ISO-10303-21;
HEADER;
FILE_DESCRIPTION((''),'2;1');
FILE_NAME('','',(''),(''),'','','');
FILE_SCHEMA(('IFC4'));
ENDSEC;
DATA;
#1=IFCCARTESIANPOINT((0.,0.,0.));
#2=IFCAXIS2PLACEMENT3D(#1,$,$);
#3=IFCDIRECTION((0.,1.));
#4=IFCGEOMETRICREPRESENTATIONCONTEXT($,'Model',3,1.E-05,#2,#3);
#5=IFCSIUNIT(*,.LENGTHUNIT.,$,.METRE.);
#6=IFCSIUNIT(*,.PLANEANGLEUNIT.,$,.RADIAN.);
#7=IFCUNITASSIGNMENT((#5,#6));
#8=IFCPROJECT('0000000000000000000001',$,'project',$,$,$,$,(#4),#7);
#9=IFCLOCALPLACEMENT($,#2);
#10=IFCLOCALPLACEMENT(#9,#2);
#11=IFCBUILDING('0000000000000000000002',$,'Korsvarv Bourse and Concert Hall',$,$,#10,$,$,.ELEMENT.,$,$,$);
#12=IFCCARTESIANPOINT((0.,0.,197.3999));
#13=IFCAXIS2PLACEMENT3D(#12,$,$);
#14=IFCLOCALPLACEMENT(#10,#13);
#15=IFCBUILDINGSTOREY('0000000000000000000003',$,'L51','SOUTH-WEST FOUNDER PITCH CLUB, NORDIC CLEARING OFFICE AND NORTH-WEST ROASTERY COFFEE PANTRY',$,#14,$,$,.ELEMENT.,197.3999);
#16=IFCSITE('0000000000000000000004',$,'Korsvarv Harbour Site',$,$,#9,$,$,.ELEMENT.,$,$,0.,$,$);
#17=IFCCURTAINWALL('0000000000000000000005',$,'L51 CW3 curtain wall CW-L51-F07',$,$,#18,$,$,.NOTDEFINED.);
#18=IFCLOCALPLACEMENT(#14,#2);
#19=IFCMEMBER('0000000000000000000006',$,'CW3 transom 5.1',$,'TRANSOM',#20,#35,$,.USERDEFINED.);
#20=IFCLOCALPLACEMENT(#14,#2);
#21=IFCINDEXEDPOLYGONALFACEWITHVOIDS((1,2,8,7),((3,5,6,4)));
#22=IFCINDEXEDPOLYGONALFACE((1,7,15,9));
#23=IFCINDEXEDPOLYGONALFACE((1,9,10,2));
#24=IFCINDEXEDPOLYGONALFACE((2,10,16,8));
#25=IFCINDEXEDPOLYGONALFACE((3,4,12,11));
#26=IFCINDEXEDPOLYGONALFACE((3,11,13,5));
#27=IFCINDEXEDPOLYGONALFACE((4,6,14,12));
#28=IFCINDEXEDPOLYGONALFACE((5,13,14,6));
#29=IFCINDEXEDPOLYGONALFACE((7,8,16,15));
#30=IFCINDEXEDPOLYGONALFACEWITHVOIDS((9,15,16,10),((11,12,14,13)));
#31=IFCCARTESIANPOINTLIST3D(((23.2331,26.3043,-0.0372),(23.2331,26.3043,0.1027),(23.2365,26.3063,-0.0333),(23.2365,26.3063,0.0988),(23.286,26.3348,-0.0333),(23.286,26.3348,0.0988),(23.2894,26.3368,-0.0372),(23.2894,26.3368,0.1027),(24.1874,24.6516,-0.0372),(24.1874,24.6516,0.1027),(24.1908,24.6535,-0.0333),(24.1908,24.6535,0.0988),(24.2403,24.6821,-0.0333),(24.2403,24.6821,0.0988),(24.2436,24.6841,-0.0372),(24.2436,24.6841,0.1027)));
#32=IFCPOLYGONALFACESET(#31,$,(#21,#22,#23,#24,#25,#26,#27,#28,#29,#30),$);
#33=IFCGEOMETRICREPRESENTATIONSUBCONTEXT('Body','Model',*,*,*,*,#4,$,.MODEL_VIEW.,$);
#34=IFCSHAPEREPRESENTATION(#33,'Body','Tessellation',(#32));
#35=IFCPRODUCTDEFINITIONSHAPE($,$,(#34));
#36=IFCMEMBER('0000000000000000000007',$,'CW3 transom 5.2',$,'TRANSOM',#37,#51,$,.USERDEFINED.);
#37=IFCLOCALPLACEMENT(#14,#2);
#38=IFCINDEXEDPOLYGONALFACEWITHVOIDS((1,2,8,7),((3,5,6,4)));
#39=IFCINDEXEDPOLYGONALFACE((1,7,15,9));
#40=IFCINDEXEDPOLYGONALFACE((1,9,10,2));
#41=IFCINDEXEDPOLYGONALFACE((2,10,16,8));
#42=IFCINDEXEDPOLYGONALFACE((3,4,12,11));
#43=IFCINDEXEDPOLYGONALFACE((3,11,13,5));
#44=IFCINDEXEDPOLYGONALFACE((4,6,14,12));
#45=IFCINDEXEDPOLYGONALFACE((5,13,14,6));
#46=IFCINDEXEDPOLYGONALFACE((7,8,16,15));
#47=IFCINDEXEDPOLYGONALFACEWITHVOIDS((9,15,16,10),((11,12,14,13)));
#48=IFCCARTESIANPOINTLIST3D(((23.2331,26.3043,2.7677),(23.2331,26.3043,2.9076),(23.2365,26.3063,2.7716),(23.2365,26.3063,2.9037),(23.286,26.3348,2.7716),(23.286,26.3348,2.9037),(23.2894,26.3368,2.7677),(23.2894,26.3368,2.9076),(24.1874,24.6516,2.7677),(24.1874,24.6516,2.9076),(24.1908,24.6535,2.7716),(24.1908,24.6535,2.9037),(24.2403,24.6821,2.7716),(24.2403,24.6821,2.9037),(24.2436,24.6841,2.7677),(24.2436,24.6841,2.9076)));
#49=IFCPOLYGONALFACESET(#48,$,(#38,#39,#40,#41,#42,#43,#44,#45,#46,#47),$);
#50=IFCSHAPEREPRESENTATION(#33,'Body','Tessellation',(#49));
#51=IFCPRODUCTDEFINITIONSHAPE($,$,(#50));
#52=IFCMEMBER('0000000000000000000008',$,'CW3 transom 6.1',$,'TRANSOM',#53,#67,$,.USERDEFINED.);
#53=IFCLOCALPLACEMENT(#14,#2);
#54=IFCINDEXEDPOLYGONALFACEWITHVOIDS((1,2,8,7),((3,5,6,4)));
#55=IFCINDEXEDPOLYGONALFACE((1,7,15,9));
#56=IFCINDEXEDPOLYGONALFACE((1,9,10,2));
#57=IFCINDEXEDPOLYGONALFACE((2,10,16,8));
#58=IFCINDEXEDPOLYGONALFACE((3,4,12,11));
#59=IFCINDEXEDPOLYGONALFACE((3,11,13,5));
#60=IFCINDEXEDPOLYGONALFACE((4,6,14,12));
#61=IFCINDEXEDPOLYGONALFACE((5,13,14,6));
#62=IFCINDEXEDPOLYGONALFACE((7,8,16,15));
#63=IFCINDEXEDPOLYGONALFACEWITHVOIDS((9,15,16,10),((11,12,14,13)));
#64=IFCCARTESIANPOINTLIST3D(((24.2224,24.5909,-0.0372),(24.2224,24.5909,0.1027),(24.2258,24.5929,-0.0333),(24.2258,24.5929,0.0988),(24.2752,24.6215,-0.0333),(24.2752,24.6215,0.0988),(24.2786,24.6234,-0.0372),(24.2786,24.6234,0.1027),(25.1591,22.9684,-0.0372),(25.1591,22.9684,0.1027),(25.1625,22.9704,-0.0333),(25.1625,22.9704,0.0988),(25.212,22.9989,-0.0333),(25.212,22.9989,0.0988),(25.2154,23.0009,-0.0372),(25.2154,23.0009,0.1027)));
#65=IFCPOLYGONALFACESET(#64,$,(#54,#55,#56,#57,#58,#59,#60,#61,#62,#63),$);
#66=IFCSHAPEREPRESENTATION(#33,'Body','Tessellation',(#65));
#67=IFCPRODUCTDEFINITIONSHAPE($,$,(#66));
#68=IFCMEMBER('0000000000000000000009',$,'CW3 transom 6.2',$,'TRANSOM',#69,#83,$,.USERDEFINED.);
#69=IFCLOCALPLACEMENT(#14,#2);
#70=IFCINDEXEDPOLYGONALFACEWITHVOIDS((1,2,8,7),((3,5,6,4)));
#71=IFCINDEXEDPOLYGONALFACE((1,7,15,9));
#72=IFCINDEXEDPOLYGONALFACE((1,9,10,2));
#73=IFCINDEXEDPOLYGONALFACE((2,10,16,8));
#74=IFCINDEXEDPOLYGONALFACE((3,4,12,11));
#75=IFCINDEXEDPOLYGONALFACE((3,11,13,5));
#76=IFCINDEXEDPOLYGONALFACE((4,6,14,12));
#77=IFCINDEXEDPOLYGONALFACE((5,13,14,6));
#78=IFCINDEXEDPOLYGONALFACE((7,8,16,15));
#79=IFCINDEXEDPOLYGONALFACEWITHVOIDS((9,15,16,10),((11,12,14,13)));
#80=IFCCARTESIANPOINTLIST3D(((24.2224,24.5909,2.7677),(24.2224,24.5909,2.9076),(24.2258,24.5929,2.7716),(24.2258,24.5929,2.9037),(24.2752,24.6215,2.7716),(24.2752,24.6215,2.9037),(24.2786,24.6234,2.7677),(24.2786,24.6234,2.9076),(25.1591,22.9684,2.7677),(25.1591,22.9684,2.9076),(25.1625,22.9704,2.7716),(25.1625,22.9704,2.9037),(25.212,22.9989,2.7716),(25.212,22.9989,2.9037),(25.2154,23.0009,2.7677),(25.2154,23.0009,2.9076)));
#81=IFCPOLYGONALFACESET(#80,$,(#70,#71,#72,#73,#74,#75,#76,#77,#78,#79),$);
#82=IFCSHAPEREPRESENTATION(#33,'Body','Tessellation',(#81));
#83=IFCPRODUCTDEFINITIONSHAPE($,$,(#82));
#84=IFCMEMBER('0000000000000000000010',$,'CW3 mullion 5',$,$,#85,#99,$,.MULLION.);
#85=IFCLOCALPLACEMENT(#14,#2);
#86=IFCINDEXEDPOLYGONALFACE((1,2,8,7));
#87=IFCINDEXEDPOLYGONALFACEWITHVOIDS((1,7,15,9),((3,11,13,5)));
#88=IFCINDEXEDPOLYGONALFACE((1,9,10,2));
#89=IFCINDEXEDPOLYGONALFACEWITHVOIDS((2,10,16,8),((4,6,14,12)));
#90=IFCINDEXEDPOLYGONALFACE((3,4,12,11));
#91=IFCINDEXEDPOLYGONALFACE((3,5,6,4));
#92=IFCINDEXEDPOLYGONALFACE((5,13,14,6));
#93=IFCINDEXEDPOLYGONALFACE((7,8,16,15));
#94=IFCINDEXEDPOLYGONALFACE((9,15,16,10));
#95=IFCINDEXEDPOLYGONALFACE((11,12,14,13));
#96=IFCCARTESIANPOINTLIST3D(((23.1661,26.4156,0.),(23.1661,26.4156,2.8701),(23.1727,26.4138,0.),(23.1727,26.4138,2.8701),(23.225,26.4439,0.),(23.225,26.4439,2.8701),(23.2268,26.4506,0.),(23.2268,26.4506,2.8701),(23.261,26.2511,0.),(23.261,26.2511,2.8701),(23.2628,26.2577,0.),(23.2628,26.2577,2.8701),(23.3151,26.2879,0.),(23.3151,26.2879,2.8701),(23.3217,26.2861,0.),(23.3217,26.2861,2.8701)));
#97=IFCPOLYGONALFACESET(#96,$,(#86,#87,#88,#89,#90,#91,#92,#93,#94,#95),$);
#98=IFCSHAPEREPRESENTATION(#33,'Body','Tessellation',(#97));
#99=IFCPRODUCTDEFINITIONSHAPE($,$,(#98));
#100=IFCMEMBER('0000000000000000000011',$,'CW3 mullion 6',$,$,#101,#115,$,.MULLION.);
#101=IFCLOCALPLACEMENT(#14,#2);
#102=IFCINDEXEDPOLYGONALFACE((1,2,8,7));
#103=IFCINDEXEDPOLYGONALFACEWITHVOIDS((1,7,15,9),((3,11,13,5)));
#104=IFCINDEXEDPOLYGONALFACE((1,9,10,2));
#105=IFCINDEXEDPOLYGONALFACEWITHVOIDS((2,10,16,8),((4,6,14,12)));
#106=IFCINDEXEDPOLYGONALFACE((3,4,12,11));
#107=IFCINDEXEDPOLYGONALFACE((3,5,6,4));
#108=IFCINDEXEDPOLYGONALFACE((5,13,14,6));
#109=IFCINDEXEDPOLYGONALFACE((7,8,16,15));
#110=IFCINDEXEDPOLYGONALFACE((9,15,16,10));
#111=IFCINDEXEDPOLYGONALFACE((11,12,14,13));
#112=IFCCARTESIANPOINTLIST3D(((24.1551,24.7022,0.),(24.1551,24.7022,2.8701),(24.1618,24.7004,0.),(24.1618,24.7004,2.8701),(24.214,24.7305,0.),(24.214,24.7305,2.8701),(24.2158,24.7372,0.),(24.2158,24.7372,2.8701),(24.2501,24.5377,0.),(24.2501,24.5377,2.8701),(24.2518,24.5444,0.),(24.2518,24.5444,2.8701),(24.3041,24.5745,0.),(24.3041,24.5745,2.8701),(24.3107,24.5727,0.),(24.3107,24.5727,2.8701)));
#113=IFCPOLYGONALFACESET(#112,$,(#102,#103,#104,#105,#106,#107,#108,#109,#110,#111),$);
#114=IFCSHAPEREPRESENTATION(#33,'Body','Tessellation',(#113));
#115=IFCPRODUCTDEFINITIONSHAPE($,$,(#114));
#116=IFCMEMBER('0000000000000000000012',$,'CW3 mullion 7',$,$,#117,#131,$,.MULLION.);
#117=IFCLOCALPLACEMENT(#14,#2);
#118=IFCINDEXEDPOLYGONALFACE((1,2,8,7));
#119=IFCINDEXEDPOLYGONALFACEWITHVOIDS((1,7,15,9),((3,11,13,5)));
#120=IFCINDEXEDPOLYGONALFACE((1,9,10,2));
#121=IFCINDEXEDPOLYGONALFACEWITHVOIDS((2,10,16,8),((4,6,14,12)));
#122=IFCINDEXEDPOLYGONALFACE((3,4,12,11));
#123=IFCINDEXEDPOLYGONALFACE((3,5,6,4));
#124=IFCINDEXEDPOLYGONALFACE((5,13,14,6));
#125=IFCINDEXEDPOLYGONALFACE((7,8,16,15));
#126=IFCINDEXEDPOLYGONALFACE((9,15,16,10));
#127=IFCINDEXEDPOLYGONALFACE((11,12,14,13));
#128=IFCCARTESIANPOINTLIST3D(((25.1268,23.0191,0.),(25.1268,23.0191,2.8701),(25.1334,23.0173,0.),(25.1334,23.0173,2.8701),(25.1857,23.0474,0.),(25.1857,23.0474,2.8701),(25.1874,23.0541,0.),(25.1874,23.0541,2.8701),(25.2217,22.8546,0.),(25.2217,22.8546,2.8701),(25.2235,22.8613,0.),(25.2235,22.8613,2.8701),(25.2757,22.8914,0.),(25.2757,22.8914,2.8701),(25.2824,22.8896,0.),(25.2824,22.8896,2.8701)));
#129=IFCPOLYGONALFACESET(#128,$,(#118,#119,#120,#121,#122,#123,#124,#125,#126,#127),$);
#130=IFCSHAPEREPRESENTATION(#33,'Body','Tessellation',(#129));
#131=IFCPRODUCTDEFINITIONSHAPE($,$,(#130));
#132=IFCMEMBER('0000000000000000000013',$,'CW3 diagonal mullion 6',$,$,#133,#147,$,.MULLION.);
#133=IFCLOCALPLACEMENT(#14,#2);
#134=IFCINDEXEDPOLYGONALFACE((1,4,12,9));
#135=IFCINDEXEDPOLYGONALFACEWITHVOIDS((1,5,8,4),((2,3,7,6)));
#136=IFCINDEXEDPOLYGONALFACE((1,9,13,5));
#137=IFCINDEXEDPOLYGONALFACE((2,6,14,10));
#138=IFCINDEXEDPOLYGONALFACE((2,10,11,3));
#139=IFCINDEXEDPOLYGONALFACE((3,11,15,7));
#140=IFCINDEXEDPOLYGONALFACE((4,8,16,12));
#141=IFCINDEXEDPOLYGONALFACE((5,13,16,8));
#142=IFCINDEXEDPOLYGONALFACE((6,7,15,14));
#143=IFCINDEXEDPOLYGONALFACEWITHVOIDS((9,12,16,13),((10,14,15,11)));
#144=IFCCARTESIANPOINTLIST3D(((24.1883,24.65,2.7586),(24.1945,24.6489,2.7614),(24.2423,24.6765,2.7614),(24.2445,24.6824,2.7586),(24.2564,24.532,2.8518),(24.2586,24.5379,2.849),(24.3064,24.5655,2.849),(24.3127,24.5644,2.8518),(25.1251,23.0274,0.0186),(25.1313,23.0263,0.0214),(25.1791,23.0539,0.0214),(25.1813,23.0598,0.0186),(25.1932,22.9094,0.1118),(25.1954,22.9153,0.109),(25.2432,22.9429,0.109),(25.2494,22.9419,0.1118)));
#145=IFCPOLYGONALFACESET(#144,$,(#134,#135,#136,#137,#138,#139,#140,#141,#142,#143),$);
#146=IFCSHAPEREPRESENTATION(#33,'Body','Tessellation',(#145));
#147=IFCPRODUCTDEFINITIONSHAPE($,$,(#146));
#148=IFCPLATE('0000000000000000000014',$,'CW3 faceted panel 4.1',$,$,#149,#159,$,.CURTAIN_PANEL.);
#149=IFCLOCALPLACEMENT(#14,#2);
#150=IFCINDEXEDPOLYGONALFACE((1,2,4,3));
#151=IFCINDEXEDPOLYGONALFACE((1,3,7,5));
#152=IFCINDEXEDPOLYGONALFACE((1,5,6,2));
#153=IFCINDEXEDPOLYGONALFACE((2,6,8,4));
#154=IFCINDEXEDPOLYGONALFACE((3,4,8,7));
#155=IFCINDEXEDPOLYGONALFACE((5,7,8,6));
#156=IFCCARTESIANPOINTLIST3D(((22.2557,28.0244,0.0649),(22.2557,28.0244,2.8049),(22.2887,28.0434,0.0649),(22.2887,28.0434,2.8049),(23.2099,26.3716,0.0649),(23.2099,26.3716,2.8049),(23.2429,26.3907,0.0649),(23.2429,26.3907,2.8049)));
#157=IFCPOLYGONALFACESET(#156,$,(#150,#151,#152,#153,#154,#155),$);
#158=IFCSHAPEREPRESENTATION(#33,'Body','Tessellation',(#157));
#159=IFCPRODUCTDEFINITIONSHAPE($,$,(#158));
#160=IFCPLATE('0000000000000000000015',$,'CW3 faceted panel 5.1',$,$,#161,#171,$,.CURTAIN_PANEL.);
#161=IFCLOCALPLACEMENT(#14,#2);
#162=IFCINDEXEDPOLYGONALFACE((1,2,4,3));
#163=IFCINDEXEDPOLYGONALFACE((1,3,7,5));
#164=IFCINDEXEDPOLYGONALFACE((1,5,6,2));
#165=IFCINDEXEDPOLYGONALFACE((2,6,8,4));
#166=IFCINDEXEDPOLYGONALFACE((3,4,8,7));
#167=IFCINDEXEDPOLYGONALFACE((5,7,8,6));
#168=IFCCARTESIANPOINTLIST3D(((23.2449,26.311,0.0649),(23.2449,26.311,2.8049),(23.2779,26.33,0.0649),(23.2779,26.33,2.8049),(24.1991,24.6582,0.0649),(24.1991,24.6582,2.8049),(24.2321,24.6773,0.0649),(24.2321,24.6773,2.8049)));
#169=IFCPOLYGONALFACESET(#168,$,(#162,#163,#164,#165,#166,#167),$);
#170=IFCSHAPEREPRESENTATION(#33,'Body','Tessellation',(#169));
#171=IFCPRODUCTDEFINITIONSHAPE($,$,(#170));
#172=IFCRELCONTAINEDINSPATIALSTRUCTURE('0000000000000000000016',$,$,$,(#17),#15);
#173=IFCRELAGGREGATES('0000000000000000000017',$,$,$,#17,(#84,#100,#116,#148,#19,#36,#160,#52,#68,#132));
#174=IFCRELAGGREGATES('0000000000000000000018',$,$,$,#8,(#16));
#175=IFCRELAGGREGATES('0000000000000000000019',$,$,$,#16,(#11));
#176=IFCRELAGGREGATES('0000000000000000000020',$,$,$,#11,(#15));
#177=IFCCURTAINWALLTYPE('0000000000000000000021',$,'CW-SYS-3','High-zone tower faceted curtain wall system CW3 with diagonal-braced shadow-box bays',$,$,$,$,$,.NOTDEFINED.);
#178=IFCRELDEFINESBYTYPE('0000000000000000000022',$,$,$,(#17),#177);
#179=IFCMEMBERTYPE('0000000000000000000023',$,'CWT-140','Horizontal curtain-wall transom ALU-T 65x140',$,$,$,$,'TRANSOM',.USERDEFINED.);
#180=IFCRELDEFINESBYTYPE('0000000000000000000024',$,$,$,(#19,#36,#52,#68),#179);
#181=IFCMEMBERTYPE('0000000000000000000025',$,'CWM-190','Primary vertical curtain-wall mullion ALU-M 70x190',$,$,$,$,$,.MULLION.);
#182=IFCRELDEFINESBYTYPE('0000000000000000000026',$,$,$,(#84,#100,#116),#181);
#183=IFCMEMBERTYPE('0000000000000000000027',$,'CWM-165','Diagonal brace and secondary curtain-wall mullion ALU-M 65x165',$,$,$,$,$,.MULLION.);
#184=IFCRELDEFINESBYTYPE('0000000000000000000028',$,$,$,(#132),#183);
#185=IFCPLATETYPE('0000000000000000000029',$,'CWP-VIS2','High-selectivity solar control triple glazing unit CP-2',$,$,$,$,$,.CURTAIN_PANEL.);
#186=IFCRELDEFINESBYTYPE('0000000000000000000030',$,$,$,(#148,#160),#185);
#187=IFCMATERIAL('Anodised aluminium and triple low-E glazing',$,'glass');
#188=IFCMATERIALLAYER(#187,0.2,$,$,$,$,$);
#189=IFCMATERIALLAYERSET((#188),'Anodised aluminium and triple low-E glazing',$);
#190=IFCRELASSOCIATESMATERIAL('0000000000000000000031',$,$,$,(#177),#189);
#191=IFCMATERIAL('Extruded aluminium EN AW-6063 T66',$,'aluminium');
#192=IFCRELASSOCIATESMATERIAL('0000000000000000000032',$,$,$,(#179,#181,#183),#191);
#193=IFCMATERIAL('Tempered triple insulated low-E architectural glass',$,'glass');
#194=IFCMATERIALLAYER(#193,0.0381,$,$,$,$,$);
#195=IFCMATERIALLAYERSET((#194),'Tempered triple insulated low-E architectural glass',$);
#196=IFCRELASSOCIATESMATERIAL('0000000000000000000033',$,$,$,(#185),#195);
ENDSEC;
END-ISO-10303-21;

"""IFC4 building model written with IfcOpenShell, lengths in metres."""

from ifc_helpers import new_model, si_unit, direction, frame, origin, origin_2d, place, context, subcontext, project, spatial, rectangle, hollow_rectangle, extrude, source, transform, mapped, material, layer, layer_set, material_profile, profile_set, type_object, element, aggregate, save


model = new_model("IFC4")

# Units and contexts
model_context = context("Model", 3, precision=1e-05, world=origin(), true_north=direction((0.0, 1.0)))
body_context = subcontext(model_context, "Body", "Model", "MODEL_VIEW")
ifc_project = project(units=[si_unit("LENGTHUNIT", "METRE"), si_unit("PLANEANGLEUNIT", "RADIAN")], contexts=[model_context])

# Site, building, storey
site_placement = place(None, origin())
site = spatial("IfcSite", under=ifc_project, at=site_placement, Name="Korsvarv Harbour Site", CompositionType="ELEMENT", RefElevation=0.0)
building_placement = place(site_placement, origin())
building = spatial("IfcBuilding", under=site, at=building_placement, Name="Korsvarv Bourse and Concert Hall", CompositionType="ELEMENT")
storey_placement = place(building_placement, frame((0.0, 0.0, 197.3999)))
storey = spatial("IfcBuildingStorey", under=building, at=storey_placement, Name="L51", Description="SOUTH-WEST FOUNDER PITCH CLUB, NORDIC CLEARING OFFICE AND NORTH-WEST ROASTERY COFFEE PANTRY", CompositionType="ELEMENT", Elevation=197.3999)

# Curtain wall, members, plates
ifc_material_1 = material(Name="Anodised aluminium and triple low-E glazing", Category="glass")
ifc_layer_1 = layer(ifc_material_1, 0.2)
ifc_layer_set_1 = layer_set([ifc_layer_1], Name="Anodised aluminium and triple low-E glazing")
curtain_wall_type = type_object("IfcCurtainWallType", Name="CW-SYS-3", Description="High-zone tower faceted curtain wall system CW3 with diagonal-braced shadow-box bays", PredefinedType="NOTDEFINED", material=ifc_layer_set_1)
curtain_wall_placement = place(storey_placement, origin())
curtain_wall = element("IfcCurtainWall", 1, at=curtain_wall_placement, inside=storey, type_object=curtain_wall_type, Name="L51 CW3 curtain wall CW-L51-F07", PredefinedType="NOTDEFINED")
ifc_material_2 = material(Name="Extruded aluminium EN AW-6063 T66", Category="aluminium")
ifc_material_profile_1 = material_profile(ifc_material_2, hollow_rectangle(XDim=0.0649, YDim=0.1399, WallThickness=0.0039, at=origin_2d()), Name="ALU-T 65x140")
ifc_profile_set_1 = profile_set([ifc_material_profile_1], Name="Extruded aluminium EN AW-6063 T66")
member_type_1 = type_object("IfcMemberType", Name="CWT-140", Description="Horizontal curtain-wall transom ALU-T 65x140", ElementType="TRANSOM", PredefinedType="USERDEFINED", material=ifc_profile_set_1)
shared_shape_1 = source(origin(), body_context, "Body", "SweptSolid", [
    extrude(hollow_rectangle(XDim=0.0649, YDim=0.1399, WallThickness=0.0039, at=origin_2d()), origin(), (0.0, 0.0, 1.0), 1.9084),
])
member_1_placement = place(storey_placement, frame((23.2612, 26.3206, 0.0327), z_axis=(0.500032, -0.866007, 0.0), x_axis=(0.866007, 0.500032, 0.0)))
member_1 = element("IfcMember", 2, at=member_1_placement, type_object=member_type_1, Name="CW3 transom 5.1", ObjectType="TRANSOM", PredefinedType="USERDEFINED", context=body_context, shape_type="MappedRepresentation", body=[
    mapped(shared_shape_1, transform((0.0, 0.0, 0.0), scale=1.0)),
])
member_2_placement = place(storey_placement, frame((23.2612, 26.3206, 2.8376), z_axis=(0.500032, -0.866007, 0.0), x_axis=(0.866007, 0.500032, 0.0)))
member_2 = element("IfcMember", 3, at=member_2_placement, type_object=member_type_1, Name="CW3 transom 5.2", ObjectType="TRANSOM", PredefinedType="USERDEFINED", context=body_context, shape_type="MappedRepresentation", body=[
    mapped(shared_shape_1, transform((0.0, 0.0, 0.0), scale=1.0)),
])
shared_shape_2 = source(origin(), body_context, "Body", "SweptSolid", [
    extrude(hollow_rectangle(XDim=0.0649, YDim=0.1399, WallThickness=0.0039, at=origin_2d()), origin(), (0.0, 0.0, 1.0), 1.8735),
])
member_3_placement = place(storey_placement, frame((24.2505, 24.6072, 0.0327), z_axis=(0.499993, -0.866029, 0.0), x_axis=(0.866029, 0.499993, 0.0)))
member_3 = element("IfcMember", 4, at=member_3_placement, type_object=member_type_1, Name="CW3 transom 6.1", ObjectType="TRANSOM", PredefinedType="USERDEFINED", context=body_context, shape_type="MappedRepresentation", body=[
    mapped(shared_shape_2, transform((0.0, 0.0, 0.0), scale=1.0)),
])
member_4_placement = place(storey_placement, frame((24.2505, 24.6072, 2.8376), z_axis=(0.499993, -0.866029, 0.0), x_axis=(0.866029, 0.499993, 0.0)))
member_4 = element("IfcMember", 5, at=member_4_placement, type_object=member_type_1, Name="CW3 transom 6.2", ObjectType="TRANSOM", PredefinedType="USERDEFINED", context=body_context, shape_type="MappedRepresentation", body=[
    mapped(shared_shape_2, transform((0.0, 0.0, 0.0), scale=1.0)),
])
ifc_material_profile_2 = material_profile(ifc_material_2, hollow_rectangle(XDim=0.0701, YDim=0.1899, WallThickness=0.0049, at=origin_2d()), Name="ALU-M 70x190")
ifc_profile_set_2 = profile_set([ifc_material_profile_2], Name="Extruded aluminium EN AW-6063 T66")
member_type_2 = type_object("IfcMemberType", Name="CWM-190", Description="Primary vertical curtain-wall mullion ALU-M 70x190", PredefinedType="MULLION", material=ifc_profile_set_2)
shared_shape_3 = source(origin(), body_context, "Body", "SweptSolid", [
    extrude(hollow_rectangle(XDim=0.0701, YDim=0.1899, WallThickness=0.0049, at=origin_2d()), origin(), (0.0, 0.0, 1.0), 2.8701),
])
member_5_placement = place(storey_placement, frame((23.2439, 26.3508, 0.0), z_axis=(0.0, 0.0, 1.0), x_axis=(0.86603, 0.499993, 0.0)))
member_5 = element("IfcMember", 6, at=member_5_placement, type_object=member_type_2, Name="CW3 mullion 5", PredefinedType="MULLION", context=body_context, shape_type="MappedRepresentation", body=[
    mapped(shared_shape_3, transform((0.0, 0.0, 0.0), scale=1.0)),
])
member_6_placement = place(storey_placement, frame((24.2329, 24.6375, 0.0), z_axis=(0.0, 0.0, 1.0), x_axis=(0.86603, 0.499993, 0.0)))
member_6 = element("IfcMember", 7, at=member_6_placement, type_object=member_type_2, Name="CW3 mullion 6", PredefinedType="MULLION", context=body_context, shape_type="MappedRepresentation", body=[
    mapped(shared_shape_3, transform((0.0, 0.0, 0.0), scale=1.0)),
])
member_7_placement = place(storey_placement, frame((25.2046, 22.9543, 0.0), z_axis=(0.0, 0.0, 1.0), x_axis=(0.86603, 0.499993, 0.0)))
member_7 = element("IfcMember", 8, at=member_7_placement, type_object=member_type_2, Name="CW3 mullion 7", PredefinedType="MULLION", context=body_context, shape_type="MappedRepresentation", body=[
    mapped(shared_shape_3, transform((0.0, 0.0, 0.0), scale=1.0)),
])
ifc_material_profile_3 = material_profile(ifc_material_2, hollow_rectangle(XDim=0.0649, YDim=0.165, WallThickness=0.0049, at=origin_2d()), Name="ALU-M 65x165")
ifc_profile_set_3 = profile_set([ifc_material_profile_3], Name="Extruded aluminium EN AW-6063 T66")
member_type_3 = type_object("IfcMemberType", Name="CWM-165", Description="Diagonal brace and secondary curtain-wall mullion ALU-M 65x165", PredefinedType="MULLION", material=ifc_profile_set_3)
shared_shape_4 = source(origin(), body_context, "Body", "SweptSolid", [
    extrude(hollow_rectangle(XDim=0.0649, YDim=0.165, WallThickness=0.0049, at=origin_2d()), origin(), (0.0, 0.0, 1.0), 3.3193),
])
member_8_placement = place(storey_placement, frame((25.1873, 22.9846, 0.0652), z_axis=(-0.282218, 0.488825, 0.825471), x_axis=(-0.866029, -0.499993, 0.0)))
member_8 = element("IfcMember", 9, at=member_8_placement, type_object=member_type_3, Name="CW3 diagonal mullion 6", PredefinedType="MULLION", context=body_context, shape_type="MappedRepresentation", body=[
    mapped(shared_shape_4, transform((0.0, 0.0, 0.0), scale=1.0)),
])
ifc_material_3 = material(Name="Tempered triple insulated low-E architectural glass", Category="glass")
ifc_layer_2 = layer(ifc_material_3, 0.0381)
ifc_layer_set_2 = layer_set([ifc_layer_2], Name="Tempered triple insulated low-E architectural glass")
plate_type_1 = type_object("IfcPlateType", Name="CWP-VIS2", Description="High-selectivity solar control triple glazing unit CP-2", PredefinedType="CURTAIN_PANEL", material=ifc_layer_set_2)
shared_shape_5 = source(origin(), body_context, "Body", "SweptSolid", [
    extrude(rectangle(XDim=1.9084, YDim=0.0381, at=origin_2d()), origin(), (0.0, 0.0, 1.0), 2.74),
])
plate_1_placement = place(storey_placement, frame((22.7493, 27.2075, 0.0649), z_axis=(0.0, 0.0, 1.0), x_axis=(0.499993, -0.86603, 0.0)))
plate_1 = element("IfcPlate", 10, at=plate_1_placement, type_object=plate_type_1, Name="CW3 faceted panel 4.1", PredefinedType="CURTAIN_PANEL", context=body_context, shape_type="MappedRepresentation", body=[
    mapped(shared_shape_5, transform((0.0, 0.0, 0.0), scale=1.0)),
])
plate_2_placement = place(storey_placement, frame((23.7385, 25.4941, 0.0649), z_axis=(0.0, 0.0, 1.0), x_axis=(0.499993, -0.86603, 0.0)))
plate_2 = element("IfcPlate", 11, at=plate_2_placement, type_object=plate_type_1, Name="CW3 faceted panel 5.1", PredefinedType="CURTAIN_PANEL", context=body_context, shape_type="MappedRepresentation", body=[
    mapped(shared_shape_5, transform((0.0, 0.0, 0.0), scale=1.0)),
])
aggregate(curtain_wall, [member_5, member_6, member_7, plate_1, member_1, member_2, plate_2, member_3, member_4, member_8])

save(model, "model.ifc")
